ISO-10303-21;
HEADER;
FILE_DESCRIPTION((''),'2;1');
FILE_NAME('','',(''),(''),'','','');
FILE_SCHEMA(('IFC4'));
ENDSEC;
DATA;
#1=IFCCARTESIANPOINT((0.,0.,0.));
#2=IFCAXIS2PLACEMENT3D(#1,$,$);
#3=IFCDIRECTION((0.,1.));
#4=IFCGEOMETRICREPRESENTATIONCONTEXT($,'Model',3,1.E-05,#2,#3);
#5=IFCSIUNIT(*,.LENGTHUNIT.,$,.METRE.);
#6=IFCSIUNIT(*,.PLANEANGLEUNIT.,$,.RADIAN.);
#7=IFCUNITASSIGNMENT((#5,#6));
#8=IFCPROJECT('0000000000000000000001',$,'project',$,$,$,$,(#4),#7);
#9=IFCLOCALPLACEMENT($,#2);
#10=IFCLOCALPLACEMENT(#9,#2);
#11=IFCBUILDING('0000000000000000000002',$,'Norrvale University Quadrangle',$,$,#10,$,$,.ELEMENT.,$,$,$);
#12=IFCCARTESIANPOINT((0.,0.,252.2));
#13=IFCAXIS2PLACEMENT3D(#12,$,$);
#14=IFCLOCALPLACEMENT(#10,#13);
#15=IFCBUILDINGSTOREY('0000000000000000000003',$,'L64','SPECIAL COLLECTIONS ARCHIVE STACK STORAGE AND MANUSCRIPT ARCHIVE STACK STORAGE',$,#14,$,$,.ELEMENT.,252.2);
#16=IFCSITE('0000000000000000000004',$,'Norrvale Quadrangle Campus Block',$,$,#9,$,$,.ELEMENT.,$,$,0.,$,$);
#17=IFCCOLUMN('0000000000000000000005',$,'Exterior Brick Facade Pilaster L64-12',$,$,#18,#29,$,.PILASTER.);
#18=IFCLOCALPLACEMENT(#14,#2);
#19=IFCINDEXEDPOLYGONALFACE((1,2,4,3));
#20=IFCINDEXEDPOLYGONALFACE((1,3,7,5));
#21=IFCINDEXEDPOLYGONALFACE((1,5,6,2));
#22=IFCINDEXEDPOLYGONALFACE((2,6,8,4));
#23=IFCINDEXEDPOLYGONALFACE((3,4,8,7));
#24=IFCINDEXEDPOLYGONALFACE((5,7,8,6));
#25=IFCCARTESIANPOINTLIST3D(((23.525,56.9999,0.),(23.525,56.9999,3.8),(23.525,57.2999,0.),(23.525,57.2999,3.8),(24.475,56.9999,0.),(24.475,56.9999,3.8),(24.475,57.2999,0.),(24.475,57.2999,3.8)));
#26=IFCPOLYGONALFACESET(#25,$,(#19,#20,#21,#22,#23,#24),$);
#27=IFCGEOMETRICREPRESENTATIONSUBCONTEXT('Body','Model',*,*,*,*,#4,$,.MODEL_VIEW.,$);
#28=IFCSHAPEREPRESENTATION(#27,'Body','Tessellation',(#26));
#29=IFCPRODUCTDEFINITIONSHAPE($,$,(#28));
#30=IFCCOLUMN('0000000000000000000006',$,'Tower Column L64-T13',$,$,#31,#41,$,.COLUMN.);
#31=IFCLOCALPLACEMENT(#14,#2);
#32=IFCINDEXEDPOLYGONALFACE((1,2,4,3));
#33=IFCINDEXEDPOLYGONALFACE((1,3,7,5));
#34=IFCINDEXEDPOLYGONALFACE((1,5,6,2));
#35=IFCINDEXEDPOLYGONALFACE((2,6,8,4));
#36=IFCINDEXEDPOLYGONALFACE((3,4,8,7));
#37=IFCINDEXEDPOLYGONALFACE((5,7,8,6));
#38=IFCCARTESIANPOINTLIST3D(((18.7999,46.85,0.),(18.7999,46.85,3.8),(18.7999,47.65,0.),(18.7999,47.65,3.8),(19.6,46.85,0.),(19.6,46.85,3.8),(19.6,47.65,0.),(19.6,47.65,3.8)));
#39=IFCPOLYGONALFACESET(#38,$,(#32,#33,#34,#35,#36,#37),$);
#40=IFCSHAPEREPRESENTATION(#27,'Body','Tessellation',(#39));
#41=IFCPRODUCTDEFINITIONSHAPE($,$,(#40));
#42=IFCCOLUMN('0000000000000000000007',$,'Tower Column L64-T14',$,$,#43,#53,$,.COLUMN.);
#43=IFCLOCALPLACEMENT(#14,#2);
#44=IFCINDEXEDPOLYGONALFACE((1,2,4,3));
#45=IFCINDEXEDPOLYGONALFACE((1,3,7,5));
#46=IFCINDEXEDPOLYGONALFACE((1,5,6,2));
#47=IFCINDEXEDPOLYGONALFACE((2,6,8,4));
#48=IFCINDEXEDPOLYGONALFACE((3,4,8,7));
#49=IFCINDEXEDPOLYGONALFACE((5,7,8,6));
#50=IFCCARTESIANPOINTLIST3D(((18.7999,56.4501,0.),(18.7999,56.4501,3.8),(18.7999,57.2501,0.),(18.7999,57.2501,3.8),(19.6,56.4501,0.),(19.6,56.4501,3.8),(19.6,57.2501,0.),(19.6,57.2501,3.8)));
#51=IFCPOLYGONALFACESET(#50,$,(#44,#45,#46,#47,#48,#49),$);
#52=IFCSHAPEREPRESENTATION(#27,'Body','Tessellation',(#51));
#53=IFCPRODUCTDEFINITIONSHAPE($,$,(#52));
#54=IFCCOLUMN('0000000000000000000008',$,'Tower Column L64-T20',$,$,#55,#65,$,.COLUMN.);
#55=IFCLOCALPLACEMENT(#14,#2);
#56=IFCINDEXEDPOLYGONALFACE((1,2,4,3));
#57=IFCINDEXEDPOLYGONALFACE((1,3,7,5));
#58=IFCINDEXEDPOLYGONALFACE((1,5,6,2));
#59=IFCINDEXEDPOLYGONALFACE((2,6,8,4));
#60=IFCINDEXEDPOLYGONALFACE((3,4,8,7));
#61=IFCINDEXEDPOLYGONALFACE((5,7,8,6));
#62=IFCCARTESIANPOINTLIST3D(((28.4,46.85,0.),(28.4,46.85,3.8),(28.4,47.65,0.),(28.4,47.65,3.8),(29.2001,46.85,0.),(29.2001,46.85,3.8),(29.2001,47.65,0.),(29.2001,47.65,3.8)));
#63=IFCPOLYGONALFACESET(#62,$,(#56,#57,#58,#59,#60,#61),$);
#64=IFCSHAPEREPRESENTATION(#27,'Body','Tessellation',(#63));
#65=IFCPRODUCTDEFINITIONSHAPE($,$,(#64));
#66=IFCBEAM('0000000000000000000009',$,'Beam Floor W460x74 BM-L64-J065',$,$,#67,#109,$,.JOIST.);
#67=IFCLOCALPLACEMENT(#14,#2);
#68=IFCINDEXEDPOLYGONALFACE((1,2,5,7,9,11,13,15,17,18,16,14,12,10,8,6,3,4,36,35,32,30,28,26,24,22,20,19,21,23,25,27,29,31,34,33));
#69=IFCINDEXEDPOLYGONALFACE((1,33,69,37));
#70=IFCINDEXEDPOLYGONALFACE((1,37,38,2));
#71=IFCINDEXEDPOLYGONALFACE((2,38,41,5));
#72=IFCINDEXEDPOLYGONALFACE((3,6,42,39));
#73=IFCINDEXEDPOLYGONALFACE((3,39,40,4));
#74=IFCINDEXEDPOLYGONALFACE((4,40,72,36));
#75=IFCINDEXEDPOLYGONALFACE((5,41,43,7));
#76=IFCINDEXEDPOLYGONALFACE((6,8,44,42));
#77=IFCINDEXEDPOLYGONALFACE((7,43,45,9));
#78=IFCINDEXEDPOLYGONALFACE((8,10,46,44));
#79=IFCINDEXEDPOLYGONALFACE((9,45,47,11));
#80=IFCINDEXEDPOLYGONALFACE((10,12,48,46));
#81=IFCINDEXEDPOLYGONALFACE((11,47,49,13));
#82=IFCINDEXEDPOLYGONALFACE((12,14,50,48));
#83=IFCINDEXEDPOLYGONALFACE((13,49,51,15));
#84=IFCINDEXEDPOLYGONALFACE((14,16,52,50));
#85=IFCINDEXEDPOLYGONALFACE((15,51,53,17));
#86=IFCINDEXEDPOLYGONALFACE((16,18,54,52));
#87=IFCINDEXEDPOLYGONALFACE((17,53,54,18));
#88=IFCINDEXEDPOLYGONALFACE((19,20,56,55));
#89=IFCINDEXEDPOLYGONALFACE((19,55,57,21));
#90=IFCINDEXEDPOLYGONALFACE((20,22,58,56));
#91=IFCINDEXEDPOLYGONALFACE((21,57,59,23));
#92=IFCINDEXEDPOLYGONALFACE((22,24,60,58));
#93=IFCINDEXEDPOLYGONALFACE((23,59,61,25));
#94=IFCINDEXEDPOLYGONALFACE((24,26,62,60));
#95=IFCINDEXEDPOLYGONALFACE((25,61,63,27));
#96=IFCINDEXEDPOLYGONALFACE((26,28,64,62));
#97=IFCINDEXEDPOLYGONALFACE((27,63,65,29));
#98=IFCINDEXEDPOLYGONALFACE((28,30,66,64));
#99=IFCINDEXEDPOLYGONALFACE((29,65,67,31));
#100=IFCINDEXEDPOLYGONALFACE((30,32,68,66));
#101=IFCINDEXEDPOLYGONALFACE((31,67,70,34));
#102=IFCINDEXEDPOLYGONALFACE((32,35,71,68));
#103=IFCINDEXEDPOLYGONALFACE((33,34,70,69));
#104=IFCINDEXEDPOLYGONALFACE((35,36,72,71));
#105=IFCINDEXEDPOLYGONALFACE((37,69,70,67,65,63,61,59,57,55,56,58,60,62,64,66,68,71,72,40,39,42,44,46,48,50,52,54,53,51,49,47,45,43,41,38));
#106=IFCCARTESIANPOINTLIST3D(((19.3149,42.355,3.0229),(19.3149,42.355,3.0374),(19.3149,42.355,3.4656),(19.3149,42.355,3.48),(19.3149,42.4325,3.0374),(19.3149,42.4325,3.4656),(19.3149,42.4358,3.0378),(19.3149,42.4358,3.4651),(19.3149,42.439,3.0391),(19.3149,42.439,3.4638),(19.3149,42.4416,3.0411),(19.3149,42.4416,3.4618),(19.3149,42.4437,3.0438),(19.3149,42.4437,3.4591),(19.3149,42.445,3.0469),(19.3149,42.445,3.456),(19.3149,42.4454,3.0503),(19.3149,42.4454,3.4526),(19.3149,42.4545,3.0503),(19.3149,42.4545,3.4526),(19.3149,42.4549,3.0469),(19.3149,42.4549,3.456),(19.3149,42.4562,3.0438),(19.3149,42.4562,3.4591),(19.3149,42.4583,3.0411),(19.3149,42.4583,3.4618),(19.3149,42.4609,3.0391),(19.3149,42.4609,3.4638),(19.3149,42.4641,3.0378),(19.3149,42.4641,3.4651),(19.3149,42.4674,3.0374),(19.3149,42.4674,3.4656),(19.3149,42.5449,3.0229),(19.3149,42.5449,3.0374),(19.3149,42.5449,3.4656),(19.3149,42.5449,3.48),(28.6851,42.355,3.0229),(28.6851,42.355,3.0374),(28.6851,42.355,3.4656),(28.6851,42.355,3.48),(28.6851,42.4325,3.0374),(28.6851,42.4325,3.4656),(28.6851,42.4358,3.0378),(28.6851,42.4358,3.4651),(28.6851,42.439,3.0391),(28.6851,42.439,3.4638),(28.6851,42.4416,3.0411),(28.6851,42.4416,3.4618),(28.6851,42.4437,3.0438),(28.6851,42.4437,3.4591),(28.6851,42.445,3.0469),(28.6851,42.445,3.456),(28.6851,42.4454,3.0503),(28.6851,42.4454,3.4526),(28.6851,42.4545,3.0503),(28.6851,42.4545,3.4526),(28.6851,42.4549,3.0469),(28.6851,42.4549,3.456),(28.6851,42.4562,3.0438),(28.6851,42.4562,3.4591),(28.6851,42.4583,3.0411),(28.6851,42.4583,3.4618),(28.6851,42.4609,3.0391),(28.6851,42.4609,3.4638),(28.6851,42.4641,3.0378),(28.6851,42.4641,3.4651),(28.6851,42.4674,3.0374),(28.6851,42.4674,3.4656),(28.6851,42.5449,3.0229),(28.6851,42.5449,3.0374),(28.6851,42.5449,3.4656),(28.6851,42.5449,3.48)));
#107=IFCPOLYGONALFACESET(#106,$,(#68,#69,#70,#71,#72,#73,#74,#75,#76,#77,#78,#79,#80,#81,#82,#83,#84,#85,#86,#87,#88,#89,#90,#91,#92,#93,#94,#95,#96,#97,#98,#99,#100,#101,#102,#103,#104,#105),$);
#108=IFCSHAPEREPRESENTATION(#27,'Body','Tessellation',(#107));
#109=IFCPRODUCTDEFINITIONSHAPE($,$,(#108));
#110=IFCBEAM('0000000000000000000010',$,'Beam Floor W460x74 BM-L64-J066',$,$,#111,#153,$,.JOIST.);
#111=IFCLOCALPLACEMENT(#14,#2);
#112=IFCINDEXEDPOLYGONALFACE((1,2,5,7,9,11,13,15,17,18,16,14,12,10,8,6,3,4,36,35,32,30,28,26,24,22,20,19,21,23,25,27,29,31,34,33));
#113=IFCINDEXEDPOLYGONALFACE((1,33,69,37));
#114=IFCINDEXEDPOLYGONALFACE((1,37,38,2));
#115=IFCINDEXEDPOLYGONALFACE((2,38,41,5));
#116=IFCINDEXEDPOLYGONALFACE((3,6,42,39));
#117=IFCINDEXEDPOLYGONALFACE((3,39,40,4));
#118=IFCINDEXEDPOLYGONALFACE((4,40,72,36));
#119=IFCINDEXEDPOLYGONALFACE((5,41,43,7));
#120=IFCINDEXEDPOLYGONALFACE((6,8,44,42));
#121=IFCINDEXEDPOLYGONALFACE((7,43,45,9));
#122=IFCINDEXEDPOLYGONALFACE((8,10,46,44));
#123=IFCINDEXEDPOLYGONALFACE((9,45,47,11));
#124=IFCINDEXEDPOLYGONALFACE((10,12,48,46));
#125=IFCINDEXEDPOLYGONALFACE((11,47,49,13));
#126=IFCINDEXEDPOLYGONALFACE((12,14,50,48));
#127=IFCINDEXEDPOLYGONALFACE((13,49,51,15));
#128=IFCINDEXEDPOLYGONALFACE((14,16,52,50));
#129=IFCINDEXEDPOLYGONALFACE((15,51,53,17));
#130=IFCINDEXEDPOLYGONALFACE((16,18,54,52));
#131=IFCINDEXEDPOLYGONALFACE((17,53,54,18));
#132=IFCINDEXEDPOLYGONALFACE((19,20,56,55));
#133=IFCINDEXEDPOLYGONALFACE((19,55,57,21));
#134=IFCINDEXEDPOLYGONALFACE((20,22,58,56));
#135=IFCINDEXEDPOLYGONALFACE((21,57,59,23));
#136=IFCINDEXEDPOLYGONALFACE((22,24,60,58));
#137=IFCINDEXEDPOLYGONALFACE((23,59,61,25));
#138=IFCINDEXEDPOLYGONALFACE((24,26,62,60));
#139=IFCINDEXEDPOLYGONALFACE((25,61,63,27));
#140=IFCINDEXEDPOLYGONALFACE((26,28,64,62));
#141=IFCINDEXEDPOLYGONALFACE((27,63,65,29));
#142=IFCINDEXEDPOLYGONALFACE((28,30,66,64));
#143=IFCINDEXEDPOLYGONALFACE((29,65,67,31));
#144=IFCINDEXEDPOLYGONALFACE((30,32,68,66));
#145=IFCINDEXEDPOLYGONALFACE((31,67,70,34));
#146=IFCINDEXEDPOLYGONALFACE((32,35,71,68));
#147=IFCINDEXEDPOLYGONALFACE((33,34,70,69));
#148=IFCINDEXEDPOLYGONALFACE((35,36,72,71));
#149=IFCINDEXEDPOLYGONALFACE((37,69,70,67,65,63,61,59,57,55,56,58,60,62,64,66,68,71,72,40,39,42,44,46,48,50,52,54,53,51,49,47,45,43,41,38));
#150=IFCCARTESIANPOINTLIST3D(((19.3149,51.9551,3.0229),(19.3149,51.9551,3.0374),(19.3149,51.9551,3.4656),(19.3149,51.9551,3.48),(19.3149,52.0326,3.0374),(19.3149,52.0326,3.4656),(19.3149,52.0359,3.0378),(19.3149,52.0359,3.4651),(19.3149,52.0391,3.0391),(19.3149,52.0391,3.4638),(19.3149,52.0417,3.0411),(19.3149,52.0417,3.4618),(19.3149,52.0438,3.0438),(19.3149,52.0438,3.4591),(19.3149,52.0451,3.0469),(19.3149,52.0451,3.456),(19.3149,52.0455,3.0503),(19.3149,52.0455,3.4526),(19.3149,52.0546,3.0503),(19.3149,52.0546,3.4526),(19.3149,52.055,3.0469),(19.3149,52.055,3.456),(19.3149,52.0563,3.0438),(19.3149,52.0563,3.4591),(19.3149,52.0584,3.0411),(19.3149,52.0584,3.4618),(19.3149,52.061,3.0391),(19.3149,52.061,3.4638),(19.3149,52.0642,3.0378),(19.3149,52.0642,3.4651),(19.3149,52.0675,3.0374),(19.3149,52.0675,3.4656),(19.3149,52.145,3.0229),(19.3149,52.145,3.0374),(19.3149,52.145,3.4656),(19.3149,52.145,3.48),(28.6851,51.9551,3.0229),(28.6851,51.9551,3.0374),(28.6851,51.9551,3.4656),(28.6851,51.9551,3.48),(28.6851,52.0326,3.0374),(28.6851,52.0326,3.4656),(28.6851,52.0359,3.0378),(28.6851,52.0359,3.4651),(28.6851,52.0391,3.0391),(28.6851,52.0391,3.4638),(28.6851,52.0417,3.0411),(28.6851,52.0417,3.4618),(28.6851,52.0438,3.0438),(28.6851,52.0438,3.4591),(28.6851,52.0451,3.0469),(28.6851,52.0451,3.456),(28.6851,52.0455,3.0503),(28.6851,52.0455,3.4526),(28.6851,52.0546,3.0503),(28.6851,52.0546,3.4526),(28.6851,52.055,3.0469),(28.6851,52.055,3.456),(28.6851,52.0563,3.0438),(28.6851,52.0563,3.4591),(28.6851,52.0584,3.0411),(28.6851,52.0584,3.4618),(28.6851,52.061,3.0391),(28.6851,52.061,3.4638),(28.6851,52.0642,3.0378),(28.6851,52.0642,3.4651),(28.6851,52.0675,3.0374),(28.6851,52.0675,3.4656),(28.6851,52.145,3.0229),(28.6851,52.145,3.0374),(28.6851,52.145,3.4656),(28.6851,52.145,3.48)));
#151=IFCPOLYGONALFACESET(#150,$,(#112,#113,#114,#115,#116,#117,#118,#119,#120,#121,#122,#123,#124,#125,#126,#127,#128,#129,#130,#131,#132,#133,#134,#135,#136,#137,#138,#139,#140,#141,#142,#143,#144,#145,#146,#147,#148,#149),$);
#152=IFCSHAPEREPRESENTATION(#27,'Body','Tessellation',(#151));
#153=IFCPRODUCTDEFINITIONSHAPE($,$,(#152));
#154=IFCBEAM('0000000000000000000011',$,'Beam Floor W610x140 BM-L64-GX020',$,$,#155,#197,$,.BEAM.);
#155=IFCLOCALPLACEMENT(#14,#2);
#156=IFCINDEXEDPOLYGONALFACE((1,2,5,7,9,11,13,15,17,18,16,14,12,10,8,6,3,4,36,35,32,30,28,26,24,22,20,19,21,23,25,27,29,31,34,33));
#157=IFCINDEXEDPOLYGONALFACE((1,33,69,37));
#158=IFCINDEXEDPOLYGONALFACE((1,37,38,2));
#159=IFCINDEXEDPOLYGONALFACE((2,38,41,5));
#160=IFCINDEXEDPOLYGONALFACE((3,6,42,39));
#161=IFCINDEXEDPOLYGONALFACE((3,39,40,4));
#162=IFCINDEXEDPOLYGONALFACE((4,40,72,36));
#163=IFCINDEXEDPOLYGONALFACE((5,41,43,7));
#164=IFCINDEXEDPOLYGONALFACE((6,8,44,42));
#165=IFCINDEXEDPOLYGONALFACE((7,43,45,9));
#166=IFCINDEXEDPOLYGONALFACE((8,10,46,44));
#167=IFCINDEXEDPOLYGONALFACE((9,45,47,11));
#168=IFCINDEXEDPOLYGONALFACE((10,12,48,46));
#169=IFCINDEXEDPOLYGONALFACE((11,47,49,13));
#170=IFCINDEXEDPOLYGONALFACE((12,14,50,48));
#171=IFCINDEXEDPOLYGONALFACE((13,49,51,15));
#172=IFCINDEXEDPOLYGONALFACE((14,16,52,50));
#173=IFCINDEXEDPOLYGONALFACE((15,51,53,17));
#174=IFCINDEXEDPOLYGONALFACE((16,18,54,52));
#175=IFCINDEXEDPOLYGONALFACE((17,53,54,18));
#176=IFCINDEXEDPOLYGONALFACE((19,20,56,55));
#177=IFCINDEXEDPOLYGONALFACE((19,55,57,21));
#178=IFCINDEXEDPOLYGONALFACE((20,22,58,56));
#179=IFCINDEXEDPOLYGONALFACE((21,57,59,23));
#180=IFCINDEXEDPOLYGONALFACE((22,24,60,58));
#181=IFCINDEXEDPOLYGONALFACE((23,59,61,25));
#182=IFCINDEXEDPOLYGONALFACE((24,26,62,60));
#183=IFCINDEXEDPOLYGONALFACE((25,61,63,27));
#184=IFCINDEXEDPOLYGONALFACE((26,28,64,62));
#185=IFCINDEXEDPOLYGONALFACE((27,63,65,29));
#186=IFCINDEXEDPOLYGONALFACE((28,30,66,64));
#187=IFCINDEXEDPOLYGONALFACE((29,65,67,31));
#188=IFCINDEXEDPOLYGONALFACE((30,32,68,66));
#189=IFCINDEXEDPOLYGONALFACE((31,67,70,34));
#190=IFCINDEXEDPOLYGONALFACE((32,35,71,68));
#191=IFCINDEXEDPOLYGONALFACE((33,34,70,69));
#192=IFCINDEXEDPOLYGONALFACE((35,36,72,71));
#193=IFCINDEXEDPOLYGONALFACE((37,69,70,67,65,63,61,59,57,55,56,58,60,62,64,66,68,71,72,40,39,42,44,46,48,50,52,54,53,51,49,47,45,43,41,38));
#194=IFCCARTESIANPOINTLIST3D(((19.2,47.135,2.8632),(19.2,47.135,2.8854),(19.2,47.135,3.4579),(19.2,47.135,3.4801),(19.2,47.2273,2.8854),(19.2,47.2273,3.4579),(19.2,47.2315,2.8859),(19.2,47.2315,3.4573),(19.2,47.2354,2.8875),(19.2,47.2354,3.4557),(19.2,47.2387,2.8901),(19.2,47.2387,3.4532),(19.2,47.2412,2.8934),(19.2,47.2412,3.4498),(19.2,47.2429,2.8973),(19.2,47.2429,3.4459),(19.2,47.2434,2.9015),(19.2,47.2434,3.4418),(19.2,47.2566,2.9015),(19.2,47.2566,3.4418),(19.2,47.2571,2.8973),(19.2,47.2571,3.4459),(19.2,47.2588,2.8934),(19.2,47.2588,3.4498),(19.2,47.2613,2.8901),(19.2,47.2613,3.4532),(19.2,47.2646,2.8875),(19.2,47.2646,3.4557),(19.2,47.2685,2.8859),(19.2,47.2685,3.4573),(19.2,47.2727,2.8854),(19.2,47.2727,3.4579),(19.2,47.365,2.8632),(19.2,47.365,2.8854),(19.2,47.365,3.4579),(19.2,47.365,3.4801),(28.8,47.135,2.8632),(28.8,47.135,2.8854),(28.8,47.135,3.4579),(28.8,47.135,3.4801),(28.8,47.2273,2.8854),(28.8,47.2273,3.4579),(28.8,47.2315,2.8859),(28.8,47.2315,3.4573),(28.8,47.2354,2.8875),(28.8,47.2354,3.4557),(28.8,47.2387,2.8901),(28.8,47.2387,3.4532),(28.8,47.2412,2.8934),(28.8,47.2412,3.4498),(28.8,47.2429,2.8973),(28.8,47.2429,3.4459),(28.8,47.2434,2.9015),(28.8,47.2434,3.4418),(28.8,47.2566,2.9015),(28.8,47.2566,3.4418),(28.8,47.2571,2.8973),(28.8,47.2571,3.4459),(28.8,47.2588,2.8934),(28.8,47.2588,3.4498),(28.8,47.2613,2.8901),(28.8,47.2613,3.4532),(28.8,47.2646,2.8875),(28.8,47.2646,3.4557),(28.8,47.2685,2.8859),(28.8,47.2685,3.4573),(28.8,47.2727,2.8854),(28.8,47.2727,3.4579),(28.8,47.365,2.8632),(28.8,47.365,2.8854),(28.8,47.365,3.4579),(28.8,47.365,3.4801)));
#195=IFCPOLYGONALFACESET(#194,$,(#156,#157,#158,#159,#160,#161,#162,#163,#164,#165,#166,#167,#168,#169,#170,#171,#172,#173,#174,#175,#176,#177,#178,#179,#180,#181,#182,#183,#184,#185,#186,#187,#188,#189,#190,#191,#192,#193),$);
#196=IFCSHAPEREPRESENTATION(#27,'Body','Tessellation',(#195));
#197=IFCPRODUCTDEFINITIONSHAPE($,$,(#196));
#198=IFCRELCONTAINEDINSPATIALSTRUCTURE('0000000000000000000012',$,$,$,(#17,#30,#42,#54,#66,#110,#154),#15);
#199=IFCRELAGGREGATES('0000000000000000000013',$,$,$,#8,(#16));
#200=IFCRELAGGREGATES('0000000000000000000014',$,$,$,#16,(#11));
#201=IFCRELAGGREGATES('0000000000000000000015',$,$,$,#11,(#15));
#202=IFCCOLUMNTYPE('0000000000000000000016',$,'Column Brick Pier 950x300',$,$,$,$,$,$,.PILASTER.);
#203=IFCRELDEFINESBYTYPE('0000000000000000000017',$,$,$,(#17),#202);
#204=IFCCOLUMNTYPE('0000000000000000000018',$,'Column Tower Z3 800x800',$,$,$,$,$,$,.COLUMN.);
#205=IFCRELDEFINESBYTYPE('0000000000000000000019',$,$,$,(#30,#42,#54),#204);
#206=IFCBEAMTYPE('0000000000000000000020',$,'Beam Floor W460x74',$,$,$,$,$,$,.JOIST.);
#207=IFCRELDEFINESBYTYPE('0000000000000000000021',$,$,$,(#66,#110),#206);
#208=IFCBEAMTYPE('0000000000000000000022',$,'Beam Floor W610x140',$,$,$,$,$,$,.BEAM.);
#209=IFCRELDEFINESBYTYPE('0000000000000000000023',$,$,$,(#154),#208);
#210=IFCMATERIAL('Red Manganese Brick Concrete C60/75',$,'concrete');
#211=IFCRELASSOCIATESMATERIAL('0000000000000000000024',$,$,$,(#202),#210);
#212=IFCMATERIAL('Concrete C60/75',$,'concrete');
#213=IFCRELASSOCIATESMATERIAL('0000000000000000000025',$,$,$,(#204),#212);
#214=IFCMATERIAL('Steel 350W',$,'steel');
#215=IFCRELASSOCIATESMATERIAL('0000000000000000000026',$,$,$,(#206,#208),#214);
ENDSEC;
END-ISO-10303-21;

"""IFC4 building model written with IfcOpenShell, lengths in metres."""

from ifc_helpers import new_model, si_unit, direction, frame, origin, origin_2d, place, context, subcontext, project, spatial, rectangle, i_section, extrude, material, material_profile, profile_set, type_object, element, save


model = new_model("IFC4")

# Units and contexts
model_context = context("Model", 3, precision=1e-05, world=origin(), true_north=direction((0.0, 1.0)))
body_context = subcontext(model_context, "Body", "Model", "MODEL_VIEW")
ifc_project = project(units=[si_unit("LENGTHUNIT", "METRE"), si_unit("PLANEANGLEUNIT", "RADIAN")], contexts=[model_context])

# Site, building, storey
site_placement = place(None, origin())
site = spatial("IfcSite", under=ifc_project, at=site_placement, Name="Norrvale Quadrangle Campus Block", CompositionType="ELEMENT", RefElevation=0.0)
building_placement = place(site_placement, origin())
building = spatial("IfcBuilding", under=site, at=building_placement, Name="Norrvale University Quadrangle", CompositionType="ELEMENT")
storey_placement = place(building_placement, frame((0.0, 0.0, 252.2)))
storey = spatial("IfcBuildingStorey", under=building, at=storey_placement, Name="L64", Description="SPECIAL COLLECTIONS ARCHIVE STACK STORAGE AND MANUSCRIPT ARCHIVE STACK STORAGE", CompositionType="ELEMENT", Elevation=252.2)

# Columns
ifc_material_1 = material(Name="Red Manganese Brick Concrete C60/75", Category="concrete")
ifc_material_profile_1 = material_profile(ifc_material_1, rectangle(XDim=0.95, YDim=0.3, at=origin_2d()), Name="Red Manganese Brick Concrete C60/75")
ifc_profile_set_1 = profile_set([ifc_material_profile_1], Name="Red Manganese Brick Concrete C60/75")
column_type_1 = type_object("IfcColumnType", Name="Column Brick Pier 950x300", PredefinedType="PILASTER", material=ifc_profile_set_1)
column_placement = place(storey_placement, frame((24.0, 57.1499, 0.0), z_axis=(0.0, 0.0, 1.0), x_axis=(1.0, 0.0, 0.0)))
element("IfcColumn", 1, at=column_placement, inside=storey, type_object=column_type_1, Name="Exterior Brick Facade Pilaster L64-12", PredefinedType="PILASTER", context=body_context, shape_type="SweptSolid", body=[
    extrude(rectangle(XDim=0.95, YDim=0.3, at=origin_2d()), origin(), (0.0, 0.0, 1.0), 3.8),
])
ifc_material_2 = material(Name="Concrete C60/75", Category="concrete")
ifc_material_profile_2 = material_profile(ifc_material_2, rectangle(XDim=0.8, YDim=0.8, at=origin_2d()), Name="Concrete C60/75")
ifc_profile_set_2 = profile_set([ifc_material_profile_2], Name="Concrete C60/75")
column_type_2 = type_object("IfcColumnType", Name="Column Tower Z3 800x800", PredefinedType="COLUMN", material=ifc_profile_set_2)
for number, where, z_axis, x_axis, name in (
    (2, (19.2, 47.25, 0.0), (0.0, 0.0, 1.0), (1.0, 0.0, 0.0), "Tower Column L64-T13"),
    (3, (19.2, 56.8501, 0.0), (0.0, 0.0, 1.0), (1.0, 0.0, 0.0), "Tower Column L64-T14"),
    (4, (28.8, 47.25, 0.0), (0.0, 0.0, 1.0), (1.0, 0.0, 0.0), "Tower Column L64-T20"),
):
    element("IfcColumn", number, at=place(storey_placement, frame(where, z_axis=z_axis, x_axis=x_axis)), inside=storey, type_object=column_type_2, Name=name, PredefinedType="COLUMN", context=body_context, shape_type="SweptSolid", body=[
        extrude(rectangle(XDim=0.8, YDim=0.8, at=origin_2d()), origin(), (0.0, 0.0, 1.0), 3.8),
    ])

# Beams
ifc_material_3 = material(Name="Steel 350W", Category="steel")
ifc_material_profile_3 = material_profile(ifc_material_3, i_section(OverallWidth=0.1899, OverallDepth=0.457, WebThickness=0.009, FlangeThickness=0.0144, FilletRadius=0.0129, at=origin_2d()), Name="Steel 350W")
ifc_profile_set_3 = profile_set([ifc_material_profile_3], Name="Steel 350W")
beam_type_1 = type_object("IfcBeamType", Name="Beam Floor W460x74", PredefinedType="JOIST", material=ifc_profile_set_3)
for number, where, z_axis, x_axis, name in (
    (5, (19.3149, 42.45, 3.2515), (1.0, 0.0, 0.0), (0.0, 1.0, 0.0), "Beam Floor W460x74 BM-L64-J065"),
    (6, (19.3149, 52.05, 3.2515), (1.0, 0.0, 0.0), (0.0, 1.0, 0.0), "Beam Floor W460x74 BM-L64-J066"),
):
    element("IfcBeam", number, at=place(storey_placement, frame(where, z_axis=z_axis, x_axis=x_axis)), inside=storey, type_object=beam_type_1, Name=name, PredefinedType="JOIST", context=body_context, shape_type="SweptSolid", body=[
        extrude(i_section(OverallWidth=0.1899, OverallDepth=0.457, WebThickness=0.009, FlangeThickness=0.0144, FilletRadius=0.0129, at=origin_2d()), origin(), (0.0, 0.0, 1.0), 9.3701),
    ])
ifc_material_profile_4 = material_profile(ifc_material_3, i_section(OverallWidth=0.23, OverallDepth=0.6169, WebThickness=0.0132, FlangeThickness=0.0222, FilletRadius=0.0161, at=origin_2d()), Name="Steel 350W")
ifc_profile_set_4 = profile_set([ifc_material_profile_4], Name="Steel 350W")
beam_type_2 = type_object("IfcBeamType", Name="Beam Floor W610x140", PredefinedType="BEAM", material=ifc_profile_set_4)
beam_1_placement = place(storey_placement, frame((19.2, 47.25, 3.1716), z_axis=(1.0, 0.0, 0.0), x_axis=(0.0, 1.0, 0.0)))
element("IfcBeam", 7, at=beam_1_placement, inside=storey, type_object=beam_type_2, Name="Beam Floor W610x140 BM-L64-GX020", PredefinedType="BEAM", context=body_context, shape_type="SweptSolid", body=[
    extrude(i_section(OverallWidth=0.23, OverallDepth=0.6169, WebThickness=0.0132, FlangeThickness=0.0222, FilletRadius=0.0161, at=origin_2d()), origin(), (0.0, 0.0, 1.0), 9.6001),
])

save(model, "model.ifc")
